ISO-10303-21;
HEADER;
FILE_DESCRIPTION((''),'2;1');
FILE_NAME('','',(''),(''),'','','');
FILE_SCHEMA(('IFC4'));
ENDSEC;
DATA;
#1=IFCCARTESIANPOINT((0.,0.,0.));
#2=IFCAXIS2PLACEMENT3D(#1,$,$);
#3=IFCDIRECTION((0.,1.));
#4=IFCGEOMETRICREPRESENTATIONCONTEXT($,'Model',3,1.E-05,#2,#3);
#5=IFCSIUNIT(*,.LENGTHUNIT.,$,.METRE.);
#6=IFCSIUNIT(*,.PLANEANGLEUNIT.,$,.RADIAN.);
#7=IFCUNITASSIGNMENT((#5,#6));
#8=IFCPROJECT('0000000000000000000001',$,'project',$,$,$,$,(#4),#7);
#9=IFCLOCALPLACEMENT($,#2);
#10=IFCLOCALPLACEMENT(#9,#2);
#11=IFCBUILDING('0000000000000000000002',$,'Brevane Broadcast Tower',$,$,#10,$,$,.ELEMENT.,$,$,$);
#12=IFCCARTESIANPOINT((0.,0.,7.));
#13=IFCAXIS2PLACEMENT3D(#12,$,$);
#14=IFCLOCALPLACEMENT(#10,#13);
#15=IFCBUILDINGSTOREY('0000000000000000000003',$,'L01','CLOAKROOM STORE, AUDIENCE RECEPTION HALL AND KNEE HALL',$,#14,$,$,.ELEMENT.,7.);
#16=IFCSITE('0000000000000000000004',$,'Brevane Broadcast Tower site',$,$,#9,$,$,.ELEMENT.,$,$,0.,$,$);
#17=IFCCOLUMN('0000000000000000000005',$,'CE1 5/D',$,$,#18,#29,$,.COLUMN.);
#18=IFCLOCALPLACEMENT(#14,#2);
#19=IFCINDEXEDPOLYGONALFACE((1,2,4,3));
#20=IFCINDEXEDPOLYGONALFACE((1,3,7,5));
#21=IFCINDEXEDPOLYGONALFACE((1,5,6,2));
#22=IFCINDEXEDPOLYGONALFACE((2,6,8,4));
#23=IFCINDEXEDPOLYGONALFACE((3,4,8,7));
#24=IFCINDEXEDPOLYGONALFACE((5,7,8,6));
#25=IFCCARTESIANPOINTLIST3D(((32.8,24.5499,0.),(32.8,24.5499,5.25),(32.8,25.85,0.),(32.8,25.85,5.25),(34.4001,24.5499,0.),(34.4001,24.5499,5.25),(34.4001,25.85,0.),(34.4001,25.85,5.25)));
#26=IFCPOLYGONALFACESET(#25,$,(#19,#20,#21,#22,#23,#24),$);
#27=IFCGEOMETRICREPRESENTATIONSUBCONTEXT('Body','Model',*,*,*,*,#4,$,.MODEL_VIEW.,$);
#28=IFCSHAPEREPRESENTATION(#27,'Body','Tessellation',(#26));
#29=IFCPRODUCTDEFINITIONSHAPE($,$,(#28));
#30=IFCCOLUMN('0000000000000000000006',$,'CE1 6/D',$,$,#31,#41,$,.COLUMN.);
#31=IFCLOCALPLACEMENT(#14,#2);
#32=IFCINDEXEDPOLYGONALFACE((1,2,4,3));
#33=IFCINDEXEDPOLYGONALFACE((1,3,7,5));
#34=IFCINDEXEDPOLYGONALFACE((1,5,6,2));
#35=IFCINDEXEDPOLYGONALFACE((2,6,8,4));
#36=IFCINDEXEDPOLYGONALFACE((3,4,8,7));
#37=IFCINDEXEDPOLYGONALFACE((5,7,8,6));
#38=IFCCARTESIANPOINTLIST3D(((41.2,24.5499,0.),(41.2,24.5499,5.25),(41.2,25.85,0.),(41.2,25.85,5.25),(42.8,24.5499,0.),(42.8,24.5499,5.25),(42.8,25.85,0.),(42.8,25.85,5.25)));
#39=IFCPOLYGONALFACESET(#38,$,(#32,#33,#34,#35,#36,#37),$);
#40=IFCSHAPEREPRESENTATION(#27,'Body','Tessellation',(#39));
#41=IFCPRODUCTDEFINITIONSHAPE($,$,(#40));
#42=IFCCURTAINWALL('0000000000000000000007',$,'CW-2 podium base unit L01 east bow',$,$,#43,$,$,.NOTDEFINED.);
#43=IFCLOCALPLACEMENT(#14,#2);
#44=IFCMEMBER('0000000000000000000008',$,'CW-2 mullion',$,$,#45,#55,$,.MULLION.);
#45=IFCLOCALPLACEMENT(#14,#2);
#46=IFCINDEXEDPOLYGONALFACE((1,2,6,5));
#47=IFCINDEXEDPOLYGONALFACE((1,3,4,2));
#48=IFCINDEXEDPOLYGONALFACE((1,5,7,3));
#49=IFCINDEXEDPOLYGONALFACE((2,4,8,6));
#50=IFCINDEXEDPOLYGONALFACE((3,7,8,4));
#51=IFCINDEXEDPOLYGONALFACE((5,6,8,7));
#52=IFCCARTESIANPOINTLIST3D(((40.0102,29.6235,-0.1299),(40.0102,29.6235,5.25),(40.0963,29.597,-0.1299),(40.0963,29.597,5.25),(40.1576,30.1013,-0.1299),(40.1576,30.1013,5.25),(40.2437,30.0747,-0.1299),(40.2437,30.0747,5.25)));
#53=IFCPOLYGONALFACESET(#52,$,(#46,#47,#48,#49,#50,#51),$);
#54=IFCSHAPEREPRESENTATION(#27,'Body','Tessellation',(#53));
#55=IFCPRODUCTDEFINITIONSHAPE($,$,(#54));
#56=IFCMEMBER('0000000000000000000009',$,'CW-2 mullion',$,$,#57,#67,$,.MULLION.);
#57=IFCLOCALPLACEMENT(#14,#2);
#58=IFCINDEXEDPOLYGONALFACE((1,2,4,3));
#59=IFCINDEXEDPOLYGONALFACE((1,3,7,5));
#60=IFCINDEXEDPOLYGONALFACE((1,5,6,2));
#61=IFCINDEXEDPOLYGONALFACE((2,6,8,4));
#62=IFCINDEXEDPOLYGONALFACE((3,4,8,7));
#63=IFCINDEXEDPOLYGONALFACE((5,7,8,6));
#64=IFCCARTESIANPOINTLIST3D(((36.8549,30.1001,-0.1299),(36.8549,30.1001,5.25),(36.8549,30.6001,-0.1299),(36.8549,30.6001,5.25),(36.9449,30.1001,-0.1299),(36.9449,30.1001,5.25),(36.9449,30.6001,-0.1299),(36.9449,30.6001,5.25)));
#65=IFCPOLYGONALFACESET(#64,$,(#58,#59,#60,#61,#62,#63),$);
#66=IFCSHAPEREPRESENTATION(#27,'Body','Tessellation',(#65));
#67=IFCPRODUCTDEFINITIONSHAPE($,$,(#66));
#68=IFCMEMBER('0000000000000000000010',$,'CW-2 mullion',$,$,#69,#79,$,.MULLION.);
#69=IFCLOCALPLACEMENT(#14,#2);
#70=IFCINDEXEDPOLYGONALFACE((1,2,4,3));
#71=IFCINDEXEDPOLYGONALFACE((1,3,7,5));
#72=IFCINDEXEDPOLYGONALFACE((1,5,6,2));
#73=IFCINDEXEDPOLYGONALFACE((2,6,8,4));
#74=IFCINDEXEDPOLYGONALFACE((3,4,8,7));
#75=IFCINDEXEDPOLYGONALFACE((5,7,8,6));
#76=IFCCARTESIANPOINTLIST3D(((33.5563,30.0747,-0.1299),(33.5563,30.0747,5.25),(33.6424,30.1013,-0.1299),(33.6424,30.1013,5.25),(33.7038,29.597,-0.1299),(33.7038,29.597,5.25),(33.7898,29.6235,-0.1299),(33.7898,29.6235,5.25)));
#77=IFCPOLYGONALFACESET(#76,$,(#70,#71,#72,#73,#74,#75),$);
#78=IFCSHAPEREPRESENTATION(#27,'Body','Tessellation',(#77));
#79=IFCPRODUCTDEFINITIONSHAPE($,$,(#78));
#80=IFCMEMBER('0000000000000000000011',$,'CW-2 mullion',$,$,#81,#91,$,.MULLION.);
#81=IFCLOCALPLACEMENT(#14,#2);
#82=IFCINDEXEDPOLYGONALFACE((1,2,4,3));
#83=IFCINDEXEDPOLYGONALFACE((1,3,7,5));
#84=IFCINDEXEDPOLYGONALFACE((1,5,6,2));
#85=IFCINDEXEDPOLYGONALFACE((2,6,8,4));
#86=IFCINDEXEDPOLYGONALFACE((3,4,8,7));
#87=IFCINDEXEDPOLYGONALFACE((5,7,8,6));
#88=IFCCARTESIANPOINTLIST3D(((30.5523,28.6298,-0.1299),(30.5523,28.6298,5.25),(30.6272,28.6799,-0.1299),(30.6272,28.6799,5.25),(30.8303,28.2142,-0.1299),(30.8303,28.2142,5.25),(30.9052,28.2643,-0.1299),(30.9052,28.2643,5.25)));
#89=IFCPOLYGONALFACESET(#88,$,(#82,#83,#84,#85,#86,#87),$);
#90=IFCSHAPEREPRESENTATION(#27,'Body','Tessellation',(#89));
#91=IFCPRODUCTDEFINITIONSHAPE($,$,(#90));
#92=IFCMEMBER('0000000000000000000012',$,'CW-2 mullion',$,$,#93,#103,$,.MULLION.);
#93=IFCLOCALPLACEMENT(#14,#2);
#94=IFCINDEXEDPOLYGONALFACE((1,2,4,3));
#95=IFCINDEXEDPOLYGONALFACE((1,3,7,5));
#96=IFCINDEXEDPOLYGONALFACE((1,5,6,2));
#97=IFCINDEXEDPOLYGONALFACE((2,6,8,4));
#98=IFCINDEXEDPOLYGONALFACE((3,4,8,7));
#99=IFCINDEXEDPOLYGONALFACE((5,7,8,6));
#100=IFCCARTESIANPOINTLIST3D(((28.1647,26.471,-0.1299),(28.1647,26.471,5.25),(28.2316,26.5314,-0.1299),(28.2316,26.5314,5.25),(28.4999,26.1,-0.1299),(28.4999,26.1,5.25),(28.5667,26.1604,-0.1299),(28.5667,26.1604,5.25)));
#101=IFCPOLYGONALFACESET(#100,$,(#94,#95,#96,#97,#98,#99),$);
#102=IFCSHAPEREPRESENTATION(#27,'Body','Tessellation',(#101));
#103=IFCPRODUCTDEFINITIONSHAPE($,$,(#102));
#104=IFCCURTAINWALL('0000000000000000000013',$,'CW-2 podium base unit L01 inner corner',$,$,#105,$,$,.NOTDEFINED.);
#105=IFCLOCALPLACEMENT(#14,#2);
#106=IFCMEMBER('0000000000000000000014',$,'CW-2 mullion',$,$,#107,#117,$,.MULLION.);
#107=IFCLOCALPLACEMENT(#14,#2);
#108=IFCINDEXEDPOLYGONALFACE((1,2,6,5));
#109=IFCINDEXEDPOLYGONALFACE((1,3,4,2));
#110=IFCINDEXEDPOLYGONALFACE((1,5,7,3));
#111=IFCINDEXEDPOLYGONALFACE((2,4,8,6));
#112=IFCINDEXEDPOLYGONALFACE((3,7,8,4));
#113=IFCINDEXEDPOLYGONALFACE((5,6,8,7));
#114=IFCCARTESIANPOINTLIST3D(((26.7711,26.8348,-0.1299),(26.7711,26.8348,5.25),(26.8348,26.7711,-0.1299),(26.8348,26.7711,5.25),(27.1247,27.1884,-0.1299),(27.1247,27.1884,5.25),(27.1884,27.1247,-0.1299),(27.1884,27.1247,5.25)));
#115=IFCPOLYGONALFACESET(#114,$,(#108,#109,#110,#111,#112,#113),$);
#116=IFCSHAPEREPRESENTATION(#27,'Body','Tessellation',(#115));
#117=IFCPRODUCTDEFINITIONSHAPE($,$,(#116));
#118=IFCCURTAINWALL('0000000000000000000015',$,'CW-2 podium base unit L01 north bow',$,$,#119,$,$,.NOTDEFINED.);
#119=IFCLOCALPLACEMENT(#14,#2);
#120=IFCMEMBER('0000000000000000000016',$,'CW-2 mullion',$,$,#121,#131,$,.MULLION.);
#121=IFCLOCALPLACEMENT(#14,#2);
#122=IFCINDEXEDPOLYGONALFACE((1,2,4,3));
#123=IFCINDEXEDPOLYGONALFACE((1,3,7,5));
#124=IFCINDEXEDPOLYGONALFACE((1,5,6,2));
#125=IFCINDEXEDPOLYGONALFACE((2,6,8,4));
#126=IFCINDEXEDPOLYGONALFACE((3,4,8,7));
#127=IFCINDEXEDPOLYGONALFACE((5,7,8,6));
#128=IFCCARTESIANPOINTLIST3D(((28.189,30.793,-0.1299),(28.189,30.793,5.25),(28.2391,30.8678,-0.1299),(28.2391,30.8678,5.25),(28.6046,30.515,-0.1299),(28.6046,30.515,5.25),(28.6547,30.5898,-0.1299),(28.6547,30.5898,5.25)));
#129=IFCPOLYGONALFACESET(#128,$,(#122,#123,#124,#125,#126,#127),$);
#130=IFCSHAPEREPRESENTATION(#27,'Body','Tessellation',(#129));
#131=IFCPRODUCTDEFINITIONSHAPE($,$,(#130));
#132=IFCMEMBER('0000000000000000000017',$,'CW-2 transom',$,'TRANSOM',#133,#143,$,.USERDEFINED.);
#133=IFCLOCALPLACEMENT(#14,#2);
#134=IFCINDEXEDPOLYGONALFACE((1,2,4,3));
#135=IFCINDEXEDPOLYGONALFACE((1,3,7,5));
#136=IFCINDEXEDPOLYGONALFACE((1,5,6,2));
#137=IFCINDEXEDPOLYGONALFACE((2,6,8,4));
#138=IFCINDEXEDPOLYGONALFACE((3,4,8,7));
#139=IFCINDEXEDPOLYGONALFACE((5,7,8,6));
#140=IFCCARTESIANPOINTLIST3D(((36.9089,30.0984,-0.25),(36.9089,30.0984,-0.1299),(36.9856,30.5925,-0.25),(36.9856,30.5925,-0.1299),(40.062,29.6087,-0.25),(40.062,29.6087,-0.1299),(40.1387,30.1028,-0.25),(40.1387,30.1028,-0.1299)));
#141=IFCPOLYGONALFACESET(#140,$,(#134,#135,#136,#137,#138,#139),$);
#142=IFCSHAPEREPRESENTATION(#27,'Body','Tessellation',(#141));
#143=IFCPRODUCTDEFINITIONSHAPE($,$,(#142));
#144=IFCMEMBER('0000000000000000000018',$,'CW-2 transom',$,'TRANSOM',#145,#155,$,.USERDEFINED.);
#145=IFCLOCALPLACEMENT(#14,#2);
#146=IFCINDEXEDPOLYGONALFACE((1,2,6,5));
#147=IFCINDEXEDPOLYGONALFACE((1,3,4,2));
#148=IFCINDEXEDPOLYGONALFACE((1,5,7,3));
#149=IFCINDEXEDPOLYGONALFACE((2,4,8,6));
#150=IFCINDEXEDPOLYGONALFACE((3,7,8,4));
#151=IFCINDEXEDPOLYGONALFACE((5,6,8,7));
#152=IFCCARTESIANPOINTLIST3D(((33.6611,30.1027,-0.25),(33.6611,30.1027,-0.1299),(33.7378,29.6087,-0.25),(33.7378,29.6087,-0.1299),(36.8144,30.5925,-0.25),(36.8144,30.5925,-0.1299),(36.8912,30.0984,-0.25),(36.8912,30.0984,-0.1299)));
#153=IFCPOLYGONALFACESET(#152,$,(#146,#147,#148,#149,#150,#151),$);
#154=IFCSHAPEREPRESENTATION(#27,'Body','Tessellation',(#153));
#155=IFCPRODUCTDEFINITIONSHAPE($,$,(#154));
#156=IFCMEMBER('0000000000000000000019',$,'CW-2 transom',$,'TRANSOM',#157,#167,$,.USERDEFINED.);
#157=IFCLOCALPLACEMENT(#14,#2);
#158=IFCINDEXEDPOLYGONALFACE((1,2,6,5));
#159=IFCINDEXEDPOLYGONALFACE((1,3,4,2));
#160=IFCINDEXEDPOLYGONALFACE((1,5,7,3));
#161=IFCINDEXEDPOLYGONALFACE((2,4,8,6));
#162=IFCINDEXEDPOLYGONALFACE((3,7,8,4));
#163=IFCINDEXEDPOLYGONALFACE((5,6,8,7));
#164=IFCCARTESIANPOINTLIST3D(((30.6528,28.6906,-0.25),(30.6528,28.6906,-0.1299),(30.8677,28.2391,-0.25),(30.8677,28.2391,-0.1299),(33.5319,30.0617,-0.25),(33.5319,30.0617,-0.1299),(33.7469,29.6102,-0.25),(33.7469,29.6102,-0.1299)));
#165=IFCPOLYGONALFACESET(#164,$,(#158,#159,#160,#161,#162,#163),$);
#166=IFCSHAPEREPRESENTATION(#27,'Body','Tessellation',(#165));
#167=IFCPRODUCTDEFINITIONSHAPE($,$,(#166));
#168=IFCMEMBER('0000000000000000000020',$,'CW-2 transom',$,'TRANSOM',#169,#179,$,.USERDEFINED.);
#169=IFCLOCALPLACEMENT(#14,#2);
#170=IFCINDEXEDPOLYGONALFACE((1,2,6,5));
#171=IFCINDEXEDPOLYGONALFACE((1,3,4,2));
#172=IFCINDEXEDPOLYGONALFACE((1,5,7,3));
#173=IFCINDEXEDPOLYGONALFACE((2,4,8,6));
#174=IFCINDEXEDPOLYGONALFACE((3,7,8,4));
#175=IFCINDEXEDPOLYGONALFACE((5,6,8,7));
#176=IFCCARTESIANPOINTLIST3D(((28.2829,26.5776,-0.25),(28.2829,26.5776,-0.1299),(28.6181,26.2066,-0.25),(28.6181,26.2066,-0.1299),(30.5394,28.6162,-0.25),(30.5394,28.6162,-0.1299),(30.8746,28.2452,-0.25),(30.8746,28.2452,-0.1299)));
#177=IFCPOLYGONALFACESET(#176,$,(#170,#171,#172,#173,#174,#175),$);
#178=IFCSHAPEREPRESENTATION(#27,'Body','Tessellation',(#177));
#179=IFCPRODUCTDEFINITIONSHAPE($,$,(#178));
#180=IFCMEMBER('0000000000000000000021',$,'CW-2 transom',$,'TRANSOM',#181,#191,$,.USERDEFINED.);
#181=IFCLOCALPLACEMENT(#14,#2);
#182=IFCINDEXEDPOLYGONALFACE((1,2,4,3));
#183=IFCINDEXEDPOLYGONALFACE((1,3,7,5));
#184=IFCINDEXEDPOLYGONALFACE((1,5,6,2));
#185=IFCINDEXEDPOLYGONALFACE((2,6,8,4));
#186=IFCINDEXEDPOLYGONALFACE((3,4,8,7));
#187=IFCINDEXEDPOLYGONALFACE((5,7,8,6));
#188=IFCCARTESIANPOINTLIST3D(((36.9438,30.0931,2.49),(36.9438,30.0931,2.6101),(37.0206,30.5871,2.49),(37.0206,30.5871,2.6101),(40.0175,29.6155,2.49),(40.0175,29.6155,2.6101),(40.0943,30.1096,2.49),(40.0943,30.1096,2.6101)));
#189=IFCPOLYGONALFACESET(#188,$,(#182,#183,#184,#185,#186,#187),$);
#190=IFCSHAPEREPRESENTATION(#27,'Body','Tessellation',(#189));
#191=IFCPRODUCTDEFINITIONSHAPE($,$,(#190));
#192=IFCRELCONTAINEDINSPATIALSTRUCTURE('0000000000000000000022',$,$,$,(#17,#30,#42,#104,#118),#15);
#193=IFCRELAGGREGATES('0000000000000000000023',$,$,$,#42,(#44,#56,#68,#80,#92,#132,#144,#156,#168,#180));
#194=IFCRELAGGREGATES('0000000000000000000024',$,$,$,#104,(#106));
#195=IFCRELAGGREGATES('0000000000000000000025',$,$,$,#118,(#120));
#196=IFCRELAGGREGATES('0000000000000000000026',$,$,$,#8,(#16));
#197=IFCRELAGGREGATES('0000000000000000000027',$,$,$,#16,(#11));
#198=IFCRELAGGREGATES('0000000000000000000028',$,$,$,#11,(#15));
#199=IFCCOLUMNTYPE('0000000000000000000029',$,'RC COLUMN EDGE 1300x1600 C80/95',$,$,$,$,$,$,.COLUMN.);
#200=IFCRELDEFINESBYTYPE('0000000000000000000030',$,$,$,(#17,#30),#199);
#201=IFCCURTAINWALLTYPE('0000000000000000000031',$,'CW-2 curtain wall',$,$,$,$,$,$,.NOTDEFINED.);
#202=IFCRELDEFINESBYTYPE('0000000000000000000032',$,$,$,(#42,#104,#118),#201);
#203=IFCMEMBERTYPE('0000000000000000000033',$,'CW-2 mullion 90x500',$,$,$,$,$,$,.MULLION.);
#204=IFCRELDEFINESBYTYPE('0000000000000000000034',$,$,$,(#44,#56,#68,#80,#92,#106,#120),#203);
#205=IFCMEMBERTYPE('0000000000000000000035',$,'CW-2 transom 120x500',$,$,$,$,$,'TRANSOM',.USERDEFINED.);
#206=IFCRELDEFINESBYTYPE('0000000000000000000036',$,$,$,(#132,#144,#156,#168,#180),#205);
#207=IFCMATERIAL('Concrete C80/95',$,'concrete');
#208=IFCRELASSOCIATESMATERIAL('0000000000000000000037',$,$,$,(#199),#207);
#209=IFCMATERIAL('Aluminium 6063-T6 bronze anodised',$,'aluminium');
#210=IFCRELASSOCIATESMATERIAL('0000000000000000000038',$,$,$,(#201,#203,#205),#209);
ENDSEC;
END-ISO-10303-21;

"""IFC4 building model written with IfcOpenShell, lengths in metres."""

from ifc_helpers import new_model, si_unit, direction, frame, origin, origin_2d, place, context, subcontext, project, spatial, rectangle, extrude, material, material_profile, profile_set, type_object, element, aggregate, save


model = new_model("IFC4")

# Units and contexts
model_context = context("Model", 3, precision=1e-05, world=origin(), true_north=direction((0.0, 1.0)))
body_context = subcontext(model_context, "Body", "Model", "MODEL_VIEW")
ifc_project = project(units=[si_unit("LENGTHUNIT", "METRE"), si_unit("PLANEANGLEUNIT", "RADIAN")], contexts=[model_context])

# Site, building, storey
site_placement = place(None, origin())
site = spatial("IfcSite", under=ifc_project, at=site_placement, Name="Brevane Broadcast Tower site", CompositionType="ELEMENT", RefElevation=0.0)
building_placement = place(site_placement, origin())
building = spatial("IfcBuilding", under=site, at=building_placement, Name="Brevane Broadcast Tower", CompositionType="ELEMENT")
storey_placement = place(building_placement, frame((0.0, 0.0, 7.0)))
storey = spatial("IfcBuildingStorey", under=building, at=storey_placement, Name="L01", Description="CLOAKROOM STORE, AUDIENCE RECEPTION HALL AND KNEE HALL", CompositionType="ELEMENT", Elevation=7.0)

# Columns
ifc_material_1 = material(Name="Concrete C80/95", Category="concrete")
ifc_material_profile_1 = material_profile(ifc_material_1, rectangle(XDim=1.3, YDim=1.6001, at=origin_2d()), Name="RC 1300x1600")
ifc_profile_set_1 = profile_set([ifc_material_profile_1], Name="Concrete C80/95")
column_type = type_object("IfcColumnType", Name="RC COLUMN EDGE 1300x1600 C80/95", PredefinedType="COLUMN", material=ifc_profile_set_1)
for number, where, z_axis, x_axis, name in (
    (1, (33.6001, 25.2, 0.0), (0.0, 0.0, 1.0), (0.0, 1.0, 0.0), "CE1 5/D"),
    (2, (42.0, 25.2, 0.0), (0.0, 0.0, 1.0), (0.0, 1.0, 0.0), "CE1 6/D"),
):
    element("IfcColumn", number, at=place(storey_placement, frame(where, z_axis=z_axis, x_axis=x_axis)), inside=storey, type_object=column_type, Name=name, PredefinedType="COLUMN", context=body_context, shape_type="SweptSolid", body=[
        extrude(rectangle(XDim=1.3, YDim=1.6001, at=origin_2d()), origin(), (0.0, 0.0, 1.0), 5.25),
    ])

# Curtain wall, members
ifc_material_2 = material(Name="Aluminium 6063-T6 bronze anodised", Category="aluminium")
curtain_wall_type = type_object("IfcCurtainWallType", Name="CW-2 curtain wall", PredefinedType="NOTDEFINED", material=ifc_material_2)
curtain_wall_1_placement = place(storey_placement, origin())
curtain_wall_1 = element("IfcCurtainWall", 3, at=curtain_wall_1_placement, inside=storey, type_object=curtain_wall_type, Name="CW-2 podium base unit L01 east bow", PredefinedType="NOTDEFINED")
ifc_material_profile_2 = material_profile(ifc_material_2, rectangle(XDim=0.5, YDim=0.0901, at=origin_2d()), Name="RECT 90x500")
ifc_profile_set_2 = profile_set([ifc_material_profile_2], Name="Aluminium 6063-T6 bronze anodised")
member_type_1 = type_object("IfcMemberType", Name="CW-2 mullion 90x500", PredefinedType="MULLION", material=ifc_profile_set_2)
member_1_placement = place(storey_placement, frame((40.127, 29.8491, -0.1299), z_axis=(0.0, 0.0, 1.0), x_axis=(-0.294828, -0.95555, 0.0)))
member_1 = element("IfcMember", 4, at=member_1_placement, type_object=member_type_1, Name="CW-2 mullion", PredefinedType="MULLION", context=body_context, shape_type="SweptSolid", body=[
    extrude(rectangle(XDim=0.5, YDim=0.0901, at=origin_2d()), origin(), (0.0, 0.0, 1.0), 5.3799),
])
member_2_placement = place(storey_placement, frame((36.8999, 30.3501, -0.1299), z_axis=(0.0, 0.0, 1.0), x_axis=(0.0, -1.0, 0.0)))
member_2 = element("IfcMember", 5, at=member_2_placement, type_object=member_type_1, Name="CW-2 mullion", PredefinedType="MULLION", context=body_context, shape_type="SweptSolid", body=[
    extrude(rectangle(XDim=0.5, YDim=0.0901, at=origin_2d()), origin(), (0.0, 0.0, 1.0), 5.3799),
])
member_3_placement = place(storey_placement, frame((33.6731, 29.8491, -0.1299), z_axis=(0.0, 0.0, 1.0), x_axis=(0.294828, -0.95555, 0.0)))
member_3 = element("IfcMember", 6, at=member_3_placement, type_object=member_type_1, Name="CW-2 mullion", PredefinedType="MULLION", context=body_context, shape_type="SweptSolid", body=[
    extrude(rectangle(XDim=0.5, YDim=0.0901, at=origin_2d()), origin(), (0.0, 0.0, 1.0), 5.3799),
])
member_4_placement = place(storey_placement, frame((30.7288, 28.447, -0.1299), z_axis=(0.0, 0.0, 1.0), x_axis=(0.555997, -0.831184, 0.0)))
member_4 = element("IfcMember", 7, at=member_4_placement, type_object=member_type_1, Name="CW-2 mullion", PredefinedType="MULLION", context=body_context, shape_type="SweptSolid", body=[
    extrude(rectangle(XDim=0.5, YDim=0.0901, at=origin_2d()), origin(), (0.0, 0.0, 1.0), 5.3799),
])
member_5_placement = place(storey_placement, frame((28.3657, 26.3157, -0.1299), z_axis=(0.0, 0.0, 1.0), x_axis=(0.670369, -0.742028, 0.0)))
member_5 = element("IfcMember", 8, at=member_5_placement, type_object=member_type_1, Name="CW-2 mullion", PredefinedType="MULLION", context=body_context, shape_type="SweptSolid", body=[
    extrude(rectangle(XDim=0.5, YDim=0.0901, at=origin_2d()), origin(), (0.0, 0.0, 1.0), 5.3799),
])

# Curtain walls, members
curtain_wall_2_placement = place(storey_placement, origin())
curtain_wall_2 = element("IfcCurtainWall", 9, at=curtain_wall_2_placement, inside=storey, type_object=curtain_wall_type, Name="CW-2 podium base unit L01 inner corner", PredefinedType="NOTDEFINED")
member_6_placement = place(storey_placement, frame((26.9797, 26.9797, -0.1299), z_axis=(0.0, 0.0, 1.0), x_axis=(-0.707107, -0.707107, 0.0)))
member_6 = element("IfcMember", 10, at=member_6_placement, type_object=member_type_1, Name="CW-2 mullion", PredefinedType="MULLION", context=body_context, shape_type="SweptSolid", body=[
    extrude(rectangle(XDim=0.5, YDim=0.0901, at=origin_2d()), origin(), (0.0, 0.0, 1.0), 5.3799),
])
curtain_wall_3_placement = place(storey_placement, origin())
curtain_wall_3 = element("IfcCurtainWall", 11, at=curtain_wall_3_placement, inside=storey, type_object=curtain_wall_type, Name="CW-2 podium base unit L01 north bow", PredefinedType="NOTDEFINED")
member_7_placement = place(storey_placement, frame((28.4219, 30.6914, -0.1299), z_axis=(0.0, 0.0, 1.0), x_axis=(-0.831184, 0.555997, 0.0)))
member_7 = element("IfcMember", 12, at=member_7_placement, type_object=member_type_1, Name="CW-2 mullion", PredefinedType="MULLION", context=body_context, shape_type="SweptSolid", body=[
    extrude(rectangle(XDim=0.5, YDim=0.0901, at=origin_2d()), origin(), (0.0, 0.0, 1.0), 5.3799),
])

# Members
ifc_material_profile_3 = material_profile(ifc_material_2, rectangle(XDim=0.5, YDim=0.1201, at=origin_2d()), Name="RECT 120x500")
ifc_profile_set_3 = profile_set([ifc_material_profile_3], Name="Aluminium 6063-T6 bronze anodised")
member_type_2 = type_object("IfcMemberType", Name="CW-2 transom 120x500", ElementType="TRANSOM", PredefinedType="USERDEFINED", material=ifc_profile_set_3)
member_8_placement = place(storey_placement, frame((40.1003, 29.8557, -0.1899), z_axis=(-0.988151, 0.153483, 0.0), x_axis=(-0.153483, -0.988151, 0.0)))
member_8 = element("IfcMember", 13, at=member_8_placement, type_object=member_type_2, Name="CW-2 transom", ObjectType="TRANSOM", PredefinedType="USERDEFINED", context=body_context, shape_type="SweptSolid", body=[
    extrude(rectangle(XDim=0.5, YDim=0.1201, at=origin_2d()), origin(), (0.0, 0.0, 1.0), 3.1909),
])
member_9_placement = place(storey_placement, frame((36.8528, 30.3455, -0.1899), z_axis=(-0.988153, -0.153471, 0.0), x_axis=(0.153471, -0.988153, 0.0)))
member_9 = element("IfcMember", 14, at=member_9_placement, type_object=member_type_2, Name="CW-2 transom", ObjectType="TRANSOM", PredefinedType="USERDEFINED", context=body_context, shape_type="SweptSolid", body=[
    extrude(rectangle(XDim=0.5, YDim=0.1201, at=origin_2d()), origin(), (0.0, 0.0, 1.0), 3.1912),
])
member_10_placement = place(storey_placement, frame((33.6394, 29.8359, -0.1899), z_axis=(-0.902852, -0.429951, 0.0), x_axis=(0.429951, -0.902852, 0.0)))
member_10 = element("IfcMember", 15, at=member_10_placement, type_object=member_type_2, Name="CW-2 transom", ObjectType="TRANSOM", PredefinedType="USERDEFINED", context=body_context, shape_type="SweptSolid", body=[
    extrude(rectangle(XDim=0.5, YDim=0.1201, at=origin_2d()), origin(), (0.0, 0.0, 1.0), 3.189),
])
member_11_placement = place(storey_placement, frame((30.707, 28.4307, -0.1899), z_axis=(-0.742043, -0.670352, 0.0), x_axis=(0.670352, -0.742043, 0.0)))
member_11 = element("IfcMember", 16, at=member_11_placement, type_object=member_type_2, Name="CW-2 transom", ObjectType="TRANSOM", PredefinedType="USERDEFINED", context=body_context, shape_type="SweptSolid", body=[
    extrude(rectangle(XDim=0.5, YDim=0.1201, at=origin_2d()), origin(), (0.0, 0.0, 1.0), 3.041),
])
member_12_placement = place(storey_placement, frame((40.0559, 29.8625, 2.55), z_axis=(-0.988146, 0.15352, 0.0), x_axis=(-0.15352, -0.988146, 0.0)))
member_12 = element("IfcMember", 17, at=member_12_placement, type_object=member_type_2, Name="CW-2 transom", ObjectType="TRANSOM", PredefinedType="USERDEFINED", context=body_context, shape_type="SweptSolid", body=[
    extrude(rectangle(XDim=0.5, YDim=0.1201, at=origin_2d()), origin(), (0.0, 0.0, 1.0), 3.1106),
])
aggregate(curtain_wall_1, [member_1, member_2, member_3, member_4, member_5, member_8, member_9, member_10, member_11, member_12])
aggregate(curtain_wall_2, [member_6])
aggregate(curtain_wall_3, [member_7])

save(model, "model.ifc")
